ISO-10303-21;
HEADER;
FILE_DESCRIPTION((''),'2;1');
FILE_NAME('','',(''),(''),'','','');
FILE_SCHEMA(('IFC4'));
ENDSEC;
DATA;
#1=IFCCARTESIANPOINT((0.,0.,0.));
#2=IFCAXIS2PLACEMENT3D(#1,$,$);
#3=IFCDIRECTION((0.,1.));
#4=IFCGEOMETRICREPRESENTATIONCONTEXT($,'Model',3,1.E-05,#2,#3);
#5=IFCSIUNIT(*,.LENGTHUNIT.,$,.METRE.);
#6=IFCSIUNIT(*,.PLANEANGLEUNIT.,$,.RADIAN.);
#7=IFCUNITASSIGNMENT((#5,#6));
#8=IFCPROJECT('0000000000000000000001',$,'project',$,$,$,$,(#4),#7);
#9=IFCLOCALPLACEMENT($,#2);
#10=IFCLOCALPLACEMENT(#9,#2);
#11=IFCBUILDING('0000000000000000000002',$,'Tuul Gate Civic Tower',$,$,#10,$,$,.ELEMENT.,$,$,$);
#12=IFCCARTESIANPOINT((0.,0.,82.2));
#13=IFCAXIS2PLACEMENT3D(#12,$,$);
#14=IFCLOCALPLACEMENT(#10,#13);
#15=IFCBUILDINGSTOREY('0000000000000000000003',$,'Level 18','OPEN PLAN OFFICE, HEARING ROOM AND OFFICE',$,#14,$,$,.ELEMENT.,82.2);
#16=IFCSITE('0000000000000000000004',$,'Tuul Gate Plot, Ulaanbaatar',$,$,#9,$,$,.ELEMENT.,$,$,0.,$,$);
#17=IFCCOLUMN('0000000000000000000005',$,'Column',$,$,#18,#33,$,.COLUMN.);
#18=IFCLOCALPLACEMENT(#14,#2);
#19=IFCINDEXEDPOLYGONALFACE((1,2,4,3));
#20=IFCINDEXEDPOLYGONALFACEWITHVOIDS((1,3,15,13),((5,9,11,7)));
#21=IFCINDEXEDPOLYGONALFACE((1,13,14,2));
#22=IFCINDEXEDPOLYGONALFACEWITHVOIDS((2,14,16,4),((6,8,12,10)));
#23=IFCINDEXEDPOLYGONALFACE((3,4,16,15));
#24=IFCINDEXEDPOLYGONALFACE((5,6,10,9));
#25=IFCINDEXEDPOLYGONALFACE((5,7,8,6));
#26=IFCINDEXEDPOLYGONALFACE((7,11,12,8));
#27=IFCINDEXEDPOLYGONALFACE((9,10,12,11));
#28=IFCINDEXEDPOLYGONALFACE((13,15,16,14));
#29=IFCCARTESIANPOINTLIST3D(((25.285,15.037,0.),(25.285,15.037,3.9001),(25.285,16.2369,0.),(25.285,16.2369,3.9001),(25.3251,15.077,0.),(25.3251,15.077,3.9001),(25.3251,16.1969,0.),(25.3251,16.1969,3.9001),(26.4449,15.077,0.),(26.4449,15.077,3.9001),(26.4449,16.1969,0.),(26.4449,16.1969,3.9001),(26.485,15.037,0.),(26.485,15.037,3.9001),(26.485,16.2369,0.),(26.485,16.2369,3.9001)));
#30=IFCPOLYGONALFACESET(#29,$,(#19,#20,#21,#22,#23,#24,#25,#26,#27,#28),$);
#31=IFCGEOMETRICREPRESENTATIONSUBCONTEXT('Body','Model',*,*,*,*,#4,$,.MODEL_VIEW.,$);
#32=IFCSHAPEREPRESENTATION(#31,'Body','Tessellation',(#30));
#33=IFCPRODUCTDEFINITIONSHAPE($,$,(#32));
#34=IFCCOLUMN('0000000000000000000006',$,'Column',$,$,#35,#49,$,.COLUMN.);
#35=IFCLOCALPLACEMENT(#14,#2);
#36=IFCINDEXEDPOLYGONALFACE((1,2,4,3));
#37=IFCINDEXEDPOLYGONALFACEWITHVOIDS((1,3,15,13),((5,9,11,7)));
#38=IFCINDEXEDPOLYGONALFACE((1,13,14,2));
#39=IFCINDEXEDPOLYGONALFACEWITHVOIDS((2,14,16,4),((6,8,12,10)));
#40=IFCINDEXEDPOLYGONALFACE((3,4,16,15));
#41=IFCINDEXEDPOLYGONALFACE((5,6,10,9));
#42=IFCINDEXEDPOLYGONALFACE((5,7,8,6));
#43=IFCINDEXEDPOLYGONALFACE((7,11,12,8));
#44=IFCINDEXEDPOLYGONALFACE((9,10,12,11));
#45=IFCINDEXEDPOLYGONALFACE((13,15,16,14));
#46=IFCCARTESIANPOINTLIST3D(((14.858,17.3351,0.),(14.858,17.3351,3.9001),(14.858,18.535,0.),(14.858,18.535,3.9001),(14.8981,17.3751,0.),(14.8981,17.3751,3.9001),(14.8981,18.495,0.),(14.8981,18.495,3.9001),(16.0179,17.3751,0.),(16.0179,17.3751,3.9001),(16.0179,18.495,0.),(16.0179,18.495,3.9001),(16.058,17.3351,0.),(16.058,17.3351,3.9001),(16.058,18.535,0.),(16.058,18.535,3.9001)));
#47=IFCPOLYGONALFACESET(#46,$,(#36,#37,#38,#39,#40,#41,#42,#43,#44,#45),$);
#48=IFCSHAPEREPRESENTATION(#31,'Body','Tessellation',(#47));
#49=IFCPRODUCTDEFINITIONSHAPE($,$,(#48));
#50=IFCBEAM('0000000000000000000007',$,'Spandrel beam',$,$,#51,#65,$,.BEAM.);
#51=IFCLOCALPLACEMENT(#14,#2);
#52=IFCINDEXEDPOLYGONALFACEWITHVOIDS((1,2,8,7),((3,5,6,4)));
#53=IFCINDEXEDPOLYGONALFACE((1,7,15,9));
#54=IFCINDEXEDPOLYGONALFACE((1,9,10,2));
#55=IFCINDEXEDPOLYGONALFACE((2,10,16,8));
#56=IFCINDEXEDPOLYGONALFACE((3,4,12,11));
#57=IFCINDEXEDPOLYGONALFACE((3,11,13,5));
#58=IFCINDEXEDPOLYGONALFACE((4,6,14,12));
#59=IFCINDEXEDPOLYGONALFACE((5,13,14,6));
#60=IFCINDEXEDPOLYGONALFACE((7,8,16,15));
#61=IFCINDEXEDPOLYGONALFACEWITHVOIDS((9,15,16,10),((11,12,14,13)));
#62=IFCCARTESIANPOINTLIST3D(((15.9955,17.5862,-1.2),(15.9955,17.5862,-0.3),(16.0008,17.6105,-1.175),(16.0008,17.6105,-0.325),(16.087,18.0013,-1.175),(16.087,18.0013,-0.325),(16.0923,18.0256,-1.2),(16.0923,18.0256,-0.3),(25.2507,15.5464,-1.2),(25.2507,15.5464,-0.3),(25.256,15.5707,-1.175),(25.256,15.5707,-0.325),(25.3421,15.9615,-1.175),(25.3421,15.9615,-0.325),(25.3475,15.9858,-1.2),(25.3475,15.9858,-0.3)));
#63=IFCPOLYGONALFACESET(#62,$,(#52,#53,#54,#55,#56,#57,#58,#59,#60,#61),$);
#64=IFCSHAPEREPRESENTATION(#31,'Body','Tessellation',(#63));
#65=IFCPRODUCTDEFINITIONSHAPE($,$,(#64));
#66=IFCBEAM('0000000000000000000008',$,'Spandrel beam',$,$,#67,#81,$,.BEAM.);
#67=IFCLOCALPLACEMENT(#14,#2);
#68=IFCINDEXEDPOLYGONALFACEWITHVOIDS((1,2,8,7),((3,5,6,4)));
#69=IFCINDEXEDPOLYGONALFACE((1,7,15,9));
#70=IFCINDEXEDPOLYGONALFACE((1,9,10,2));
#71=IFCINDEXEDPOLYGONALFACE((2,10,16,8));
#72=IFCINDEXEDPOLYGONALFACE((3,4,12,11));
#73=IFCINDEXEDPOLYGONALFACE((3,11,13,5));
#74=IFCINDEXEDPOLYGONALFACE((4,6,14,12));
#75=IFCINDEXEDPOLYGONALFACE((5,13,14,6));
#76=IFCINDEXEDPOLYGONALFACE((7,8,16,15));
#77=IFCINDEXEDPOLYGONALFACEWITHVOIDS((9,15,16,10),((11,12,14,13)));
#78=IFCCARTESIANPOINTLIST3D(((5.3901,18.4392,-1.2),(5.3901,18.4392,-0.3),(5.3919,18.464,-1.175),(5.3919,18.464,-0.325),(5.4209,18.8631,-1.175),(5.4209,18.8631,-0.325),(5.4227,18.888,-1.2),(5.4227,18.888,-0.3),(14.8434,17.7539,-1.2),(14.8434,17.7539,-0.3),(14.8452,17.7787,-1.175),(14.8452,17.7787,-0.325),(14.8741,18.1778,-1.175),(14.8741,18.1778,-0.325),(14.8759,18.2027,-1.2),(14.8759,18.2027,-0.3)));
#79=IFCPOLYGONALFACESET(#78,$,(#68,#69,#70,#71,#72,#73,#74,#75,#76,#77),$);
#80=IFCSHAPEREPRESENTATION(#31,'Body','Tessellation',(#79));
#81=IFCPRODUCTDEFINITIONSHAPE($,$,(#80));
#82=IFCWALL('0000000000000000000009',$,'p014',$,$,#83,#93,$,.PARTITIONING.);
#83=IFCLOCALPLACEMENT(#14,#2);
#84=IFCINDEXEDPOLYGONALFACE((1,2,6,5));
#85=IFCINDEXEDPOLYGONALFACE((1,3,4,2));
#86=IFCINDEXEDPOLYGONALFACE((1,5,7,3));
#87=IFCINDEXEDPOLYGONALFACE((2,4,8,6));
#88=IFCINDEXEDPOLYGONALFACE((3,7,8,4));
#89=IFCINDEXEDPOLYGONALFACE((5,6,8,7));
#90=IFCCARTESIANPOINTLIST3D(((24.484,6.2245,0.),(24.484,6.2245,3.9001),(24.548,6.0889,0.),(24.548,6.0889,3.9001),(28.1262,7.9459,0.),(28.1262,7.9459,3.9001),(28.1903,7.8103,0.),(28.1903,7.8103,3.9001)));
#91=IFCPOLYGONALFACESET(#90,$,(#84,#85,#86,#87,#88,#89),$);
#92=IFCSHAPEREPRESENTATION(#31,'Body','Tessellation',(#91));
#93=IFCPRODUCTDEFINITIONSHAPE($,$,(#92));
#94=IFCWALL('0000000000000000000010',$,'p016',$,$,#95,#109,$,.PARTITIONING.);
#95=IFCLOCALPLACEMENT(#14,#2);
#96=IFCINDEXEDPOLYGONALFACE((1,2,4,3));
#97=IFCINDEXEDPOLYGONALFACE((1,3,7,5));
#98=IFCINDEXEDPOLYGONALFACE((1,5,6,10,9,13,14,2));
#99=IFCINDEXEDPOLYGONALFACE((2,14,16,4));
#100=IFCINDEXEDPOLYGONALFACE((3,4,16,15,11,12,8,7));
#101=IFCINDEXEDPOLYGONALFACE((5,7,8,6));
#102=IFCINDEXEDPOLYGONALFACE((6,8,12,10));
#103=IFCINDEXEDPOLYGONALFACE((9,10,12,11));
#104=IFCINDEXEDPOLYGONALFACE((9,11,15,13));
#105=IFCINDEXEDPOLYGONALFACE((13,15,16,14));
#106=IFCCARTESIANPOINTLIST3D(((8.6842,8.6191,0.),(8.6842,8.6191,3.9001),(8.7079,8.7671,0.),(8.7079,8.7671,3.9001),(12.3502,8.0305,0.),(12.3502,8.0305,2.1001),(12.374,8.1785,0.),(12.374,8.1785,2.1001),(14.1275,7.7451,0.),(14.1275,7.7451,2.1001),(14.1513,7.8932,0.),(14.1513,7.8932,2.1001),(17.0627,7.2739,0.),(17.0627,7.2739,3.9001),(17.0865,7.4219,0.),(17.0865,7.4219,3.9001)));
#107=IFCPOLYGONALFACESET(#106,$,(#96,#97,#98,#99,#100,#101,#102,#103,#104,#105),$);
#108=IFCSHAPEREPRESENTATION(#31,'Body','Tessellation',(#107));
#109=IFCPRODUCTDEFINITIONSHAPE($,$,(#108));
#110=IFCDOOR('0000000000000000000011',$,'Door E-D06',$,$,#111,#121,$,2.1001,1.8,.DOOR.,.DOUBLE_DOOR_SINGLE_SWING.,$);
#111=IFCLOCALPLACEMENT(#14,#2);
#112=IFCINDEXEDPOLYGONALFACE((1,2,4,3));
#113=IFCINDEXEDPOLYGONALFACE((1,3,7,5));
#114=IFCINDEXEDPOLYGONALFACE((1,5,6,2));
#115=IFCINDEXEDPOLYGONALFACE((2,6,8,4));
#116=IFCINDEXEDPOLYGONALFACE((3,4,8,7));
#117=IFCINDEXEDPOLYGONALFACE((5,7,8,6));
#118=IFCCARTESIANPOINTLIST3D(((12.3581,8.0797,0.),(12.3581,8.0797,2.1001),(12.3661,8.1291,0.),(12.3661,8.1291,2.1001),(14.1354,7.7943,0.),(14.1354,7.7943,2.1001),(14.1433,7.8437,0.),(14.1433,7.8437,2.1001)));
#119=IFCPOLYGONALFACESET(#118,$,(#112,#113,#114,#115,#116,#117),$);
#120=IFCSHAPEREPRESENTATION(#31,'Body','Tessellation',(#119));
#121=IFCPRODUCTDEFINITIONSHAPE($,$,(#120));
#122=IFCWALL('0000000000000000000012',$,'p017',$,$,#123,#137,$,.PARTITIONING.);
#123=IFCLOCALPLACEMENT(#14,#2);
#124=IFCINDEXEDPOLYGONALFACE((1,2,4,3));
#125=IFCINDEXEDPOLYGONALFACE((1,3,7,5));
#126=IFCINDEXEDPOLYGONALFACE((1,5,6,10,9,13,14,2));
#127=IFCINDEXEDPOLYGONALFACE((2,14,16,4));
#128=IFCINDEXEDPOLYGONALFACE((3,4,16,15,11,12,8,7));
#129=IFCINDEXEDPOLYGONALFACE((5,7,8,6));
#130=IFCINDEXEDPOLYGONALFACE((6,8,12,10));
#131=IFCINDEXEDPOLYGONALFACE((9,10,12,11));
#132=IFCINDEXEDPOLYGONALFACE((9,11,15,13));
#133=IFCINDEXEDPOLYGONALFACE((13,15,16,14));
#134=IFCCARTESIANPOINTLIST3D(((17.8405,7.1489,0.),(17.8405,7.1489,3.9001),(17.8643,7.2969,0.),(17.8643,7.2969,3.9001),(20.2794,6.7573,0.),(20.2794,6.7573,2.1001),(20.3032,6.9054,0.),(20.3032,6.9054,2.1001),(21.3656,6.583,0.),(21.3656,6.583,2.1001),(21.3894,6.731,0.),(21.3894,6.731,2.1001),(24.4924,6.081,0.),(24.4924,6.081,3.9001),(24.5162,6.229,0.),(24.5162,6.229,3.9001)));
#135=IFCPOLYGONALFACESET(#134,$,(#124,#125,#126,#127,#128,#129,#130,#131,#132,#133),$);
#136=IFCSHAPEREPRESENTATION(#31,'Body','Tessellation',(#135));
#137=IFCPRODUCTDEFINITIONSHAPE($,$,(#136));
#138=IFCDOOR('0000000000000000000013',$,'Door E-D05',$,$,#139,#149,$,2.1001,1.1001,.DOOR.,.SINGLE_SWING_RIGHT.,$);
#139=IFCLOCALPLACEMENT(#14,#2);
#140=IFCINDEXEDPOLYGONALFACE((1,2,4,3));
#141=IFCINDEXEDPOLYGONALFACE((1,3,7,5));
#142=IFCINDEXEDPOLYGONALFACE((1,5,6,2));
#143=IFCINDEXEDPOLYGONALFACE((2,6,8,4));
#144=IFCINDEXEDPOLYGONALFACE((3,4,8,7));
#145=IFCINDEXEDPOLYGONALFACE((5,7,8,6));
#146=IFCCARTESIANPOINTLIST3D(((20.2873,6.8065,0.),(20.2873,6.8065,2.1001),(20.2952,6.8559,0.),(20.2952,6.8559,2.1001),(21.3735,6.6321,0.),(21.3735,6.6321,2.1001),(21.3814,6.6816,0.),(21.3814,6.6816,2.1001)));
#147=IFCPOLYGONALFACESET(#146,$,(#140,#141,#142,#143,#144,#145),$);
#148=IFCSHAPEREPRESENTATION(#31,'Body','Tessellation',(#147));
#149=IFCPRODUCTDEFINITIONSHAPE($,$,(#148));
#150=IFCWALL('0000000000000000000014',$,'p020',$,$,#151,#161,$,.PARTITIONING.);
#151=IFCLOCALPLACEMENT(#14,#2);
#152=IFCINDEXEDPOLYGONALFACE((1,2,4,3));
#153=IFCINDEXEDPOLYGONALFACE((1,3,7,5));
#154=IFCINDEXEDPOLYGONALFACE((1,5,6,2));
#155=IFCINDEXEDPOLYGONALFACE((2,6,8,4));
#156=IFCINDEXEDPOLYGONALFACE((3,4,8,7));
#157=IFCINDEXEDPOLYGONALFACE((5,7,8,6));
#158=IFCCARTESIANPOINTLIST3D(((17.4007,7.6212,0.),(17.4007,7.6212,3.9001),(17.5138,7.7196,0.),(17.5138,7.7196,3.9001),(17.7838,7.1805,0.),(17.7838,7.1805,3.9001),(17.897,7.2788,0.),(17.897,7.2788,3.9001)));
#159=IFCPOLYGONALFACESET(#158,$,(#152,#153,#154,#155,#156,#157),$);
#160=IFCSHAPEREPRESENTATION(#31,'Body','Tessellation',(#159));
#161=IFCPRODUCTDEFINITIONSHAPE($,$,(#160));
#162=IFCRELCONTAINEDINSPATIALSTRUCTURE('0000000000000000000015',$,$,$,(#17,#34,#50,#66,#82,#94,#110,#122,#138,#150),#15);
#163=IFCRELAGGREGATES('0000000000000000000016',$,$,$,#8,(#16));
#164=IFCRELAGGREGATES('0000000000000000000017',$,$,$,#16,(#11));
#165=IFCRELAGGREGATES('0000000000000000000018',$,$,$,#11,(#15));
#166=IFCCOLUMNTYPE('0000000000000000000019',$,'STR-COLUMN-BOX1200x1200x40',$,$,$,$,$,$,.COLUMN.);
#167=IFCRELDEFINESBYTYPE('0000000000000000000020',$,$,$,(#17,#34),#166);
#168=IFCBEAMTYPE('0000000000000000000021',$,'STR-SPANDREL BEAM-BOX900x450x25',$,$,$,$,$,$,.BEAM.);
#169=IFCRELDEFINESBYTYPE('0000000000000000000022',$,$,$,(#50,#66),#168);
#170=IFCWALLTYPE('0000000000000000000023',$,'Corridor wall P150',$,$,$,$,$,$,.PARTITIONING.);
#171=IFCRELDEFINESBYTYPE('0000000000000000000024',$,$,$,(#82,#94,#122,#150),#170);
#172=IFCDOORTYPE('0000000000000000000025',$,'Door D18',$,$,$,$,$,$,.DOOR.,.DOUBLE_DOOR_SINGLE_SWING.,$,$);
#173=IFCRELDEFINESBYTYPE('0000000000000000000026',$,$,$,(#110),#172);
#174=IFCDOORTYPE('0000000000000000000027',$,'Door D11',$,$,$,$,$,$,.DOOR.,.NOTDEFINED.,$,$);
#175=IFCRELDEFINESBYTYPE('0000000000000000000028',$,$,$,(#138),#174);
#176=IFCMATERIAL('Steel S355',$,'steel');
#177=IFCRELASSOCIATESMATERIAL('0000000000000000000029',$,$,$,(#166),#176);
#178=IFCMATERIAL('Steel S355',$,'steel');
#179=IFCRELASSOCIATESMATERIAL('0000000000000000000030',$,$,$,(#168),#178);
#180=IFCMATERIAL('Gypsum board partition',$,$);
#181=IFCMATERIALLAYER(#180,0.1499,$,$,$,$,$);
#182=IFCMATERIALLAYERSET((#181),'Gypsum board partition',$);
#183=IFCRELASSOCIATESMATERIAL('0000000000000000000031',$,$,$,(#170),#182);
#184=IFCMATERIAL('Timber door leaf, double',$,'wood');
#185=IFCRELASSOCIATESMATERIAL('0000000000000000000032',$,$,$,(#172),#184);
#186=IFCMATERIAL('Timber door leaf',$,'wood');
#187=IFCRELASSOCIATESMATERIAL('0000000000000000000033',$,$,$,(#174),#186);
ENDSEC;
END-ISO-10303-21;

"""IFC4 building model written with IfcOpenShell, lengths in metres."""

from ifc_helpers import new_model, si_unit, direction, frame, frame_2d, origin, origin_2d, place, context, subcontext, project, spatial, rectangle, hollow_rectangle, extrude, material, layer, layer_set, material_profile, profile_set, type_object, element, fill, save


model = new_model("IFC4")

# Units and contexts
model_context = context("Model", 3, precision=1e-05, world=origin(), true_north=direction((0.0, 1.0)))
body_context = subcontext(model_context, "Body", "Model", "MODEL_VIEW")
ifc_project = project(units=[si_unit("LENGTHUNIT", "METRE"), si_unit("PLANEANGLEUNIT", "RADIAN")], contexts=[model_context])

# Site, building, storey
site_placement = place(None, origin())
site = spatial("IfcSite", under=ifc_project, at=site_placement, Name="Tuul Gate Plot, Ulaanbaatar", CompositionType="ELEMENT", RefElevation=0.0)
building_placement = place(site_placement, origin())
building = spatial("IfcBuilding", under=site, at=building_placement, Name="Tuul Gate Civic Tower", CompositionType="ELEMENT")
storey_placement = place(building_placement, frame((0.0, 0.0, 82.2)))
storey = spatial("IfcBuildingStorey", under=building, at=storey_placement, Name="Level 18", Description="OPEN PLAN OFFICE, HEARING ROOM AND OFFICE", CompositionType="ELEMENT", Elevation=82.2)

# Columns
ifc_material_1 = material(Name="Steel S355", Category="steel")
ifc_material_profile_1 = material_profile(ifc_material_1, hollow_rectangle(XDim=1.2, YDim=1.2, WallThickness=0.04, at=origin_2d()), Name="BOX1200x1200x40")
ifc_profile_set_1 = profile_set([ifc_material_profile_1], Name="Steel S355")
column_type = type_object("IfcColumnType", Name="STR-COLUMN-BOX1200x1200x40", PredefinedType="COLUMN", material=ifc_profile_set_1)
for number, where, z_axis, x_axis, name in (
    (1, (25.885, 15.637, 0.0), (0.0, 0.0, 1.0), (1.0, 0.0, 0.0), "Column"),
    (2, (15.458, 17.9351, 0.0), (0.0, 0.0, 1.0), (1.0, 0.0, 0.0), "Column"),
):
    element("IfcColumn", number, at=place(storey_placement, frame(where, z_axis=z_axis, x_axis=x_axis)), inside=storey, type_object=column_type, Name=name, PredefinedType="COLUMN", context=body_context, shape_type="SweptSolid", body=[
        extrude(hollow_rectangle(XDim=1.2, YDim=1.2, WallThickness=0.04, at=origin_2d()), origin(), (0.0, 0.0, 1.0), 3.9001),
    ])

# Beams
ifc_material_2 = material(Name="Steel S355", Category="steel")
ifc_material_profile_2 = material_profile(ifc_material_2, hollow_rectangle(XDim=0.45, YDim=0.8999, WallThickness=0.0249, at=origin_2d()), Name="BOX900x450x25")
ifc_profile_set_2 = profile_set([ifc_material_profile_2], Name="Steel S355")
beam_type = type_object("IfcBeamType", Name="STR-SPANDREL BEAM-BOX900x450x25", PredefinedType="BEAM", material=ifc_profile_set_2)
beam_1_placement = place(storey_placement, frame((25.2991, 15.7661, -0.75), z_axis=(-0.976563, 0.215231, 0.0), x_axis=(-0.215231, -0.976563, 0.0)))
element("IfcBeam", 3, at=beam_1_placement, inside=storey, type_object=beam_type, Name="Spandrel beam", PredefinedType="BEAM", context=body_context, shape_type="SweptSolid", body=[
    extrude(hollow_rectangle(XDim=0.45, YDim=0.8999, WallThickness=0.0249, at=origin_2d()), origin(), (0.0, 0.0, 1.0), 9.4773),
])
beam_2_placement = place(storey_placement, frame((14.8596, 17.9783, -0.75), z_axis=(-0.997383, 0.072305, 0.0), x_axis=(-0.072305, -0.997383, 0.0)))
element("IfcBeam", 4, at=beam_2_placement, inside=storey, type_object=beam_type, Name="Spandrel beam", PredefinedType="BEAM", context=body_context, shape_type="SweptSolid", body=[
    extrude(hollow_rectangle(XDim=0.45, YDim=0.8999, WallThickness=0.0249, at=origin_2d()), origin(), (0.0, 0.0, 1.0), 9.478),
])

# Wall
ifc_material_3 = material(Name="Gypsum board partition")
ifc_layer_1 = layer(ifc_material_3, 0.1499)
ifc_layer_set_1 = layer_set([ifc_layer_1], Name="Gypsum board partition")
wall_type_1 = type_object("IfcWallType", Name="Corridor wall P150", PredefinedType="PARTITIONING", material=ifc_layer_set_1)
wall_1_placement = place(storey_placement, frame((24.5161, 6.1567, 0.0), z_axis=(0.0, 0.0, 1.0), x_axis=(0.90411, 0.427299, 0.0)))
element("IfcWall", 5, at=wall_1_placement, inside=storey, type_object=wall_type_1, Name="p014", PredefinedType="PARTITIONING", context=body_context, shape_type="SweptSolid", body=[
    extrude(rectangle(XDim=4.0286, YDim=0.1499, at=frame_2d((2.0142, 0.0))), origin(), (0.0, 0.0, 1.0), 3.9001),
])

# Walls, openings, doors
wall_2_placement = place(storey_placement, frame((8.696, 8.6931, 0.0), z_axis=(0.0, 0.0, 1.0), x_axis=(0.987355, -0.158527, 0.0)))
wall_2 = element("IfcWall", 6, at=wall_2_placement, inside=storey, type_object=wall_type_1, Name="p016", PredefinedType="PARTITIONING", context=body_context, shape_type="SweptSolid", body=[
    extrude(rectangle(XDim=8.4858, YDim=0.1499, at=frame_2d((4.2429, 0.0))), origin(), (0.0, 0.0, 1.0), 3.9001),
])
opening_1_placement = place(wall_2_placement, frame((3.7131, 0.0, 0.0)))
opening_1 = element("IfcOpeningElement", 7, at=opening_1_placement, cuts=wall_2, PredefinedType="OPENING", context=body_context, shape_type="SweptSolid", body=[
    extrude(rectangle(XDim=1.8, YDim=2.1001, at=frame_2d((0.8999, 1.05))), frame((0.0, 0.085, 0.0), z_axis=(0.0, -1.0, 0.0), x_axis=(1.0, 0.0, 0.0)), (0.0, 0.0, 1.0), 0.1699),
])
ifc_material_4 = material(Name="Timber door leaf, double", Category="wood")
door_type_1 = type_object("IfcDoorType", Name="Door D18", OperationType="DOUBLE_DOOR_SINGLE_SWING", PredefinedType="DOOR", material=ifc_material_4)
door_1_placement = place(opening_1_placement, origin())
door_1 = element("IfcDoor", 8, at=door_1_placement, inside=storey, type_object=door_type_1, Name="Door E-D06", OperationType="DOUBLE_DOOR_SINGLE_SWING", OverallHeight=2.1001, OverallWidth=1.8, PredefinedType="DOOR", context=body_context, shape_type="SweptSolid", body=[
    extrude(rectangle(XDim=1.8, YDim=2.1001, at=frame_2d((0.8999, 1.05))), frame((0.0, 0.0249, 0.0), z_axis=(0.0, -1.0, 0.0), x_axis=(1.0, 0.0, 0.0)), (0.0, 0.0, 1.0), 0.05),
])
fill(opening_1, door_1)
wall_3_placement = place(storey_placement, frame((17.8523, 7.2229, 0.0), z_axis=(0.0, 0.0, 1.0), x_axis=(0.987358, -0.158508, 0.0)))
wall_3 = element("IfcWall", 9, at=wall_3_placement, inside=storey, type_object=wall_type_1, Name="p017", PredefinedType="PARTITIONING", context=body_context, shape_type="SweptSolid", body=[
    extrude(rectangle(XDim=6.7371, YDim=0.1499, at=frame_2d((3.3687, 0.0))), origin(), (0.0, 0.0, 1.0), 3.9001),
])
opening_2_placement = place(wall_3_placement, frame((2.4702, 0.0, 0.0)))
opening_2 = element("IfcOpeningElement", 10, at=opening_2_placement, cuts=wall_3, PredefinedType="OPENING", context=body_context, shape_type="SweptSolid", body=[
    extrude(rectangle(XDim=1.1001, YDim=2.1001, at=frame_2d((0.55, 1.05))), frame((0.0, 0.085, 0.0), z_axis=(0.0, -1.0, 0.0), x_axis=(1.0, 0.0, 0.0)), (0.0, 0.0, 1.0), 0.1699),
])
ifc_material_5 = material(Name="Timber door leaf", Category="wood")
door_type_2 = type_object("IfcDoorType", Name="Door D11", OperationType="NOTDEFINED", PredefinedType="DOOR", material=ifc_material_5)
door_2_placement = place(opening_2_placement, origin())
door_2 = element("IfcDoor", 11, at=door_2_placement, inside=storey, type_object=door_type_2, Name="Door E-D05", OperationType="SINGLE_SWING_RIGHT", OverallHeight=2.1001, OverallWidth=1.1001, PredefinedType="DOOR", context=body_context, shape_type="SweptSolid", body=[
    extrude(rectangle(XDim=1.1001, YDim=2.1001, at=frame_2d((0.55, 1.05))), frame((0.0, 0.0249, 0.0), z_axis=(0.0, -1.0, 0.0), x_axis=(1.0, 0.0, 0.0)), (0.0, 0.0, 1.0), 0.05),
])
fill(opening_2, door_2)

# Wall
wall_4_placement = place(storey_placement, frame((17.4573, 7.6704, 0.0), z_axis=(0.0, 0.0, 1.0), x_axis=(0.656044, -0.754723, 0.0)))
element("IfcWall", 12, at=wall_4_placement, inside=storey, type_object=wall_type_1, Name="p020", PredefinedType="PARTITIONING", context=body_context, shape_type="SweptSolid", body=[
    extrude(rectangle(XDim=0.584, YDim=0.1499, at=frame_2d((0.292, 0.0))), origin(), (0.0, 0.0, 1.0), 3.9001),
])

save(model, "model.ifc")
